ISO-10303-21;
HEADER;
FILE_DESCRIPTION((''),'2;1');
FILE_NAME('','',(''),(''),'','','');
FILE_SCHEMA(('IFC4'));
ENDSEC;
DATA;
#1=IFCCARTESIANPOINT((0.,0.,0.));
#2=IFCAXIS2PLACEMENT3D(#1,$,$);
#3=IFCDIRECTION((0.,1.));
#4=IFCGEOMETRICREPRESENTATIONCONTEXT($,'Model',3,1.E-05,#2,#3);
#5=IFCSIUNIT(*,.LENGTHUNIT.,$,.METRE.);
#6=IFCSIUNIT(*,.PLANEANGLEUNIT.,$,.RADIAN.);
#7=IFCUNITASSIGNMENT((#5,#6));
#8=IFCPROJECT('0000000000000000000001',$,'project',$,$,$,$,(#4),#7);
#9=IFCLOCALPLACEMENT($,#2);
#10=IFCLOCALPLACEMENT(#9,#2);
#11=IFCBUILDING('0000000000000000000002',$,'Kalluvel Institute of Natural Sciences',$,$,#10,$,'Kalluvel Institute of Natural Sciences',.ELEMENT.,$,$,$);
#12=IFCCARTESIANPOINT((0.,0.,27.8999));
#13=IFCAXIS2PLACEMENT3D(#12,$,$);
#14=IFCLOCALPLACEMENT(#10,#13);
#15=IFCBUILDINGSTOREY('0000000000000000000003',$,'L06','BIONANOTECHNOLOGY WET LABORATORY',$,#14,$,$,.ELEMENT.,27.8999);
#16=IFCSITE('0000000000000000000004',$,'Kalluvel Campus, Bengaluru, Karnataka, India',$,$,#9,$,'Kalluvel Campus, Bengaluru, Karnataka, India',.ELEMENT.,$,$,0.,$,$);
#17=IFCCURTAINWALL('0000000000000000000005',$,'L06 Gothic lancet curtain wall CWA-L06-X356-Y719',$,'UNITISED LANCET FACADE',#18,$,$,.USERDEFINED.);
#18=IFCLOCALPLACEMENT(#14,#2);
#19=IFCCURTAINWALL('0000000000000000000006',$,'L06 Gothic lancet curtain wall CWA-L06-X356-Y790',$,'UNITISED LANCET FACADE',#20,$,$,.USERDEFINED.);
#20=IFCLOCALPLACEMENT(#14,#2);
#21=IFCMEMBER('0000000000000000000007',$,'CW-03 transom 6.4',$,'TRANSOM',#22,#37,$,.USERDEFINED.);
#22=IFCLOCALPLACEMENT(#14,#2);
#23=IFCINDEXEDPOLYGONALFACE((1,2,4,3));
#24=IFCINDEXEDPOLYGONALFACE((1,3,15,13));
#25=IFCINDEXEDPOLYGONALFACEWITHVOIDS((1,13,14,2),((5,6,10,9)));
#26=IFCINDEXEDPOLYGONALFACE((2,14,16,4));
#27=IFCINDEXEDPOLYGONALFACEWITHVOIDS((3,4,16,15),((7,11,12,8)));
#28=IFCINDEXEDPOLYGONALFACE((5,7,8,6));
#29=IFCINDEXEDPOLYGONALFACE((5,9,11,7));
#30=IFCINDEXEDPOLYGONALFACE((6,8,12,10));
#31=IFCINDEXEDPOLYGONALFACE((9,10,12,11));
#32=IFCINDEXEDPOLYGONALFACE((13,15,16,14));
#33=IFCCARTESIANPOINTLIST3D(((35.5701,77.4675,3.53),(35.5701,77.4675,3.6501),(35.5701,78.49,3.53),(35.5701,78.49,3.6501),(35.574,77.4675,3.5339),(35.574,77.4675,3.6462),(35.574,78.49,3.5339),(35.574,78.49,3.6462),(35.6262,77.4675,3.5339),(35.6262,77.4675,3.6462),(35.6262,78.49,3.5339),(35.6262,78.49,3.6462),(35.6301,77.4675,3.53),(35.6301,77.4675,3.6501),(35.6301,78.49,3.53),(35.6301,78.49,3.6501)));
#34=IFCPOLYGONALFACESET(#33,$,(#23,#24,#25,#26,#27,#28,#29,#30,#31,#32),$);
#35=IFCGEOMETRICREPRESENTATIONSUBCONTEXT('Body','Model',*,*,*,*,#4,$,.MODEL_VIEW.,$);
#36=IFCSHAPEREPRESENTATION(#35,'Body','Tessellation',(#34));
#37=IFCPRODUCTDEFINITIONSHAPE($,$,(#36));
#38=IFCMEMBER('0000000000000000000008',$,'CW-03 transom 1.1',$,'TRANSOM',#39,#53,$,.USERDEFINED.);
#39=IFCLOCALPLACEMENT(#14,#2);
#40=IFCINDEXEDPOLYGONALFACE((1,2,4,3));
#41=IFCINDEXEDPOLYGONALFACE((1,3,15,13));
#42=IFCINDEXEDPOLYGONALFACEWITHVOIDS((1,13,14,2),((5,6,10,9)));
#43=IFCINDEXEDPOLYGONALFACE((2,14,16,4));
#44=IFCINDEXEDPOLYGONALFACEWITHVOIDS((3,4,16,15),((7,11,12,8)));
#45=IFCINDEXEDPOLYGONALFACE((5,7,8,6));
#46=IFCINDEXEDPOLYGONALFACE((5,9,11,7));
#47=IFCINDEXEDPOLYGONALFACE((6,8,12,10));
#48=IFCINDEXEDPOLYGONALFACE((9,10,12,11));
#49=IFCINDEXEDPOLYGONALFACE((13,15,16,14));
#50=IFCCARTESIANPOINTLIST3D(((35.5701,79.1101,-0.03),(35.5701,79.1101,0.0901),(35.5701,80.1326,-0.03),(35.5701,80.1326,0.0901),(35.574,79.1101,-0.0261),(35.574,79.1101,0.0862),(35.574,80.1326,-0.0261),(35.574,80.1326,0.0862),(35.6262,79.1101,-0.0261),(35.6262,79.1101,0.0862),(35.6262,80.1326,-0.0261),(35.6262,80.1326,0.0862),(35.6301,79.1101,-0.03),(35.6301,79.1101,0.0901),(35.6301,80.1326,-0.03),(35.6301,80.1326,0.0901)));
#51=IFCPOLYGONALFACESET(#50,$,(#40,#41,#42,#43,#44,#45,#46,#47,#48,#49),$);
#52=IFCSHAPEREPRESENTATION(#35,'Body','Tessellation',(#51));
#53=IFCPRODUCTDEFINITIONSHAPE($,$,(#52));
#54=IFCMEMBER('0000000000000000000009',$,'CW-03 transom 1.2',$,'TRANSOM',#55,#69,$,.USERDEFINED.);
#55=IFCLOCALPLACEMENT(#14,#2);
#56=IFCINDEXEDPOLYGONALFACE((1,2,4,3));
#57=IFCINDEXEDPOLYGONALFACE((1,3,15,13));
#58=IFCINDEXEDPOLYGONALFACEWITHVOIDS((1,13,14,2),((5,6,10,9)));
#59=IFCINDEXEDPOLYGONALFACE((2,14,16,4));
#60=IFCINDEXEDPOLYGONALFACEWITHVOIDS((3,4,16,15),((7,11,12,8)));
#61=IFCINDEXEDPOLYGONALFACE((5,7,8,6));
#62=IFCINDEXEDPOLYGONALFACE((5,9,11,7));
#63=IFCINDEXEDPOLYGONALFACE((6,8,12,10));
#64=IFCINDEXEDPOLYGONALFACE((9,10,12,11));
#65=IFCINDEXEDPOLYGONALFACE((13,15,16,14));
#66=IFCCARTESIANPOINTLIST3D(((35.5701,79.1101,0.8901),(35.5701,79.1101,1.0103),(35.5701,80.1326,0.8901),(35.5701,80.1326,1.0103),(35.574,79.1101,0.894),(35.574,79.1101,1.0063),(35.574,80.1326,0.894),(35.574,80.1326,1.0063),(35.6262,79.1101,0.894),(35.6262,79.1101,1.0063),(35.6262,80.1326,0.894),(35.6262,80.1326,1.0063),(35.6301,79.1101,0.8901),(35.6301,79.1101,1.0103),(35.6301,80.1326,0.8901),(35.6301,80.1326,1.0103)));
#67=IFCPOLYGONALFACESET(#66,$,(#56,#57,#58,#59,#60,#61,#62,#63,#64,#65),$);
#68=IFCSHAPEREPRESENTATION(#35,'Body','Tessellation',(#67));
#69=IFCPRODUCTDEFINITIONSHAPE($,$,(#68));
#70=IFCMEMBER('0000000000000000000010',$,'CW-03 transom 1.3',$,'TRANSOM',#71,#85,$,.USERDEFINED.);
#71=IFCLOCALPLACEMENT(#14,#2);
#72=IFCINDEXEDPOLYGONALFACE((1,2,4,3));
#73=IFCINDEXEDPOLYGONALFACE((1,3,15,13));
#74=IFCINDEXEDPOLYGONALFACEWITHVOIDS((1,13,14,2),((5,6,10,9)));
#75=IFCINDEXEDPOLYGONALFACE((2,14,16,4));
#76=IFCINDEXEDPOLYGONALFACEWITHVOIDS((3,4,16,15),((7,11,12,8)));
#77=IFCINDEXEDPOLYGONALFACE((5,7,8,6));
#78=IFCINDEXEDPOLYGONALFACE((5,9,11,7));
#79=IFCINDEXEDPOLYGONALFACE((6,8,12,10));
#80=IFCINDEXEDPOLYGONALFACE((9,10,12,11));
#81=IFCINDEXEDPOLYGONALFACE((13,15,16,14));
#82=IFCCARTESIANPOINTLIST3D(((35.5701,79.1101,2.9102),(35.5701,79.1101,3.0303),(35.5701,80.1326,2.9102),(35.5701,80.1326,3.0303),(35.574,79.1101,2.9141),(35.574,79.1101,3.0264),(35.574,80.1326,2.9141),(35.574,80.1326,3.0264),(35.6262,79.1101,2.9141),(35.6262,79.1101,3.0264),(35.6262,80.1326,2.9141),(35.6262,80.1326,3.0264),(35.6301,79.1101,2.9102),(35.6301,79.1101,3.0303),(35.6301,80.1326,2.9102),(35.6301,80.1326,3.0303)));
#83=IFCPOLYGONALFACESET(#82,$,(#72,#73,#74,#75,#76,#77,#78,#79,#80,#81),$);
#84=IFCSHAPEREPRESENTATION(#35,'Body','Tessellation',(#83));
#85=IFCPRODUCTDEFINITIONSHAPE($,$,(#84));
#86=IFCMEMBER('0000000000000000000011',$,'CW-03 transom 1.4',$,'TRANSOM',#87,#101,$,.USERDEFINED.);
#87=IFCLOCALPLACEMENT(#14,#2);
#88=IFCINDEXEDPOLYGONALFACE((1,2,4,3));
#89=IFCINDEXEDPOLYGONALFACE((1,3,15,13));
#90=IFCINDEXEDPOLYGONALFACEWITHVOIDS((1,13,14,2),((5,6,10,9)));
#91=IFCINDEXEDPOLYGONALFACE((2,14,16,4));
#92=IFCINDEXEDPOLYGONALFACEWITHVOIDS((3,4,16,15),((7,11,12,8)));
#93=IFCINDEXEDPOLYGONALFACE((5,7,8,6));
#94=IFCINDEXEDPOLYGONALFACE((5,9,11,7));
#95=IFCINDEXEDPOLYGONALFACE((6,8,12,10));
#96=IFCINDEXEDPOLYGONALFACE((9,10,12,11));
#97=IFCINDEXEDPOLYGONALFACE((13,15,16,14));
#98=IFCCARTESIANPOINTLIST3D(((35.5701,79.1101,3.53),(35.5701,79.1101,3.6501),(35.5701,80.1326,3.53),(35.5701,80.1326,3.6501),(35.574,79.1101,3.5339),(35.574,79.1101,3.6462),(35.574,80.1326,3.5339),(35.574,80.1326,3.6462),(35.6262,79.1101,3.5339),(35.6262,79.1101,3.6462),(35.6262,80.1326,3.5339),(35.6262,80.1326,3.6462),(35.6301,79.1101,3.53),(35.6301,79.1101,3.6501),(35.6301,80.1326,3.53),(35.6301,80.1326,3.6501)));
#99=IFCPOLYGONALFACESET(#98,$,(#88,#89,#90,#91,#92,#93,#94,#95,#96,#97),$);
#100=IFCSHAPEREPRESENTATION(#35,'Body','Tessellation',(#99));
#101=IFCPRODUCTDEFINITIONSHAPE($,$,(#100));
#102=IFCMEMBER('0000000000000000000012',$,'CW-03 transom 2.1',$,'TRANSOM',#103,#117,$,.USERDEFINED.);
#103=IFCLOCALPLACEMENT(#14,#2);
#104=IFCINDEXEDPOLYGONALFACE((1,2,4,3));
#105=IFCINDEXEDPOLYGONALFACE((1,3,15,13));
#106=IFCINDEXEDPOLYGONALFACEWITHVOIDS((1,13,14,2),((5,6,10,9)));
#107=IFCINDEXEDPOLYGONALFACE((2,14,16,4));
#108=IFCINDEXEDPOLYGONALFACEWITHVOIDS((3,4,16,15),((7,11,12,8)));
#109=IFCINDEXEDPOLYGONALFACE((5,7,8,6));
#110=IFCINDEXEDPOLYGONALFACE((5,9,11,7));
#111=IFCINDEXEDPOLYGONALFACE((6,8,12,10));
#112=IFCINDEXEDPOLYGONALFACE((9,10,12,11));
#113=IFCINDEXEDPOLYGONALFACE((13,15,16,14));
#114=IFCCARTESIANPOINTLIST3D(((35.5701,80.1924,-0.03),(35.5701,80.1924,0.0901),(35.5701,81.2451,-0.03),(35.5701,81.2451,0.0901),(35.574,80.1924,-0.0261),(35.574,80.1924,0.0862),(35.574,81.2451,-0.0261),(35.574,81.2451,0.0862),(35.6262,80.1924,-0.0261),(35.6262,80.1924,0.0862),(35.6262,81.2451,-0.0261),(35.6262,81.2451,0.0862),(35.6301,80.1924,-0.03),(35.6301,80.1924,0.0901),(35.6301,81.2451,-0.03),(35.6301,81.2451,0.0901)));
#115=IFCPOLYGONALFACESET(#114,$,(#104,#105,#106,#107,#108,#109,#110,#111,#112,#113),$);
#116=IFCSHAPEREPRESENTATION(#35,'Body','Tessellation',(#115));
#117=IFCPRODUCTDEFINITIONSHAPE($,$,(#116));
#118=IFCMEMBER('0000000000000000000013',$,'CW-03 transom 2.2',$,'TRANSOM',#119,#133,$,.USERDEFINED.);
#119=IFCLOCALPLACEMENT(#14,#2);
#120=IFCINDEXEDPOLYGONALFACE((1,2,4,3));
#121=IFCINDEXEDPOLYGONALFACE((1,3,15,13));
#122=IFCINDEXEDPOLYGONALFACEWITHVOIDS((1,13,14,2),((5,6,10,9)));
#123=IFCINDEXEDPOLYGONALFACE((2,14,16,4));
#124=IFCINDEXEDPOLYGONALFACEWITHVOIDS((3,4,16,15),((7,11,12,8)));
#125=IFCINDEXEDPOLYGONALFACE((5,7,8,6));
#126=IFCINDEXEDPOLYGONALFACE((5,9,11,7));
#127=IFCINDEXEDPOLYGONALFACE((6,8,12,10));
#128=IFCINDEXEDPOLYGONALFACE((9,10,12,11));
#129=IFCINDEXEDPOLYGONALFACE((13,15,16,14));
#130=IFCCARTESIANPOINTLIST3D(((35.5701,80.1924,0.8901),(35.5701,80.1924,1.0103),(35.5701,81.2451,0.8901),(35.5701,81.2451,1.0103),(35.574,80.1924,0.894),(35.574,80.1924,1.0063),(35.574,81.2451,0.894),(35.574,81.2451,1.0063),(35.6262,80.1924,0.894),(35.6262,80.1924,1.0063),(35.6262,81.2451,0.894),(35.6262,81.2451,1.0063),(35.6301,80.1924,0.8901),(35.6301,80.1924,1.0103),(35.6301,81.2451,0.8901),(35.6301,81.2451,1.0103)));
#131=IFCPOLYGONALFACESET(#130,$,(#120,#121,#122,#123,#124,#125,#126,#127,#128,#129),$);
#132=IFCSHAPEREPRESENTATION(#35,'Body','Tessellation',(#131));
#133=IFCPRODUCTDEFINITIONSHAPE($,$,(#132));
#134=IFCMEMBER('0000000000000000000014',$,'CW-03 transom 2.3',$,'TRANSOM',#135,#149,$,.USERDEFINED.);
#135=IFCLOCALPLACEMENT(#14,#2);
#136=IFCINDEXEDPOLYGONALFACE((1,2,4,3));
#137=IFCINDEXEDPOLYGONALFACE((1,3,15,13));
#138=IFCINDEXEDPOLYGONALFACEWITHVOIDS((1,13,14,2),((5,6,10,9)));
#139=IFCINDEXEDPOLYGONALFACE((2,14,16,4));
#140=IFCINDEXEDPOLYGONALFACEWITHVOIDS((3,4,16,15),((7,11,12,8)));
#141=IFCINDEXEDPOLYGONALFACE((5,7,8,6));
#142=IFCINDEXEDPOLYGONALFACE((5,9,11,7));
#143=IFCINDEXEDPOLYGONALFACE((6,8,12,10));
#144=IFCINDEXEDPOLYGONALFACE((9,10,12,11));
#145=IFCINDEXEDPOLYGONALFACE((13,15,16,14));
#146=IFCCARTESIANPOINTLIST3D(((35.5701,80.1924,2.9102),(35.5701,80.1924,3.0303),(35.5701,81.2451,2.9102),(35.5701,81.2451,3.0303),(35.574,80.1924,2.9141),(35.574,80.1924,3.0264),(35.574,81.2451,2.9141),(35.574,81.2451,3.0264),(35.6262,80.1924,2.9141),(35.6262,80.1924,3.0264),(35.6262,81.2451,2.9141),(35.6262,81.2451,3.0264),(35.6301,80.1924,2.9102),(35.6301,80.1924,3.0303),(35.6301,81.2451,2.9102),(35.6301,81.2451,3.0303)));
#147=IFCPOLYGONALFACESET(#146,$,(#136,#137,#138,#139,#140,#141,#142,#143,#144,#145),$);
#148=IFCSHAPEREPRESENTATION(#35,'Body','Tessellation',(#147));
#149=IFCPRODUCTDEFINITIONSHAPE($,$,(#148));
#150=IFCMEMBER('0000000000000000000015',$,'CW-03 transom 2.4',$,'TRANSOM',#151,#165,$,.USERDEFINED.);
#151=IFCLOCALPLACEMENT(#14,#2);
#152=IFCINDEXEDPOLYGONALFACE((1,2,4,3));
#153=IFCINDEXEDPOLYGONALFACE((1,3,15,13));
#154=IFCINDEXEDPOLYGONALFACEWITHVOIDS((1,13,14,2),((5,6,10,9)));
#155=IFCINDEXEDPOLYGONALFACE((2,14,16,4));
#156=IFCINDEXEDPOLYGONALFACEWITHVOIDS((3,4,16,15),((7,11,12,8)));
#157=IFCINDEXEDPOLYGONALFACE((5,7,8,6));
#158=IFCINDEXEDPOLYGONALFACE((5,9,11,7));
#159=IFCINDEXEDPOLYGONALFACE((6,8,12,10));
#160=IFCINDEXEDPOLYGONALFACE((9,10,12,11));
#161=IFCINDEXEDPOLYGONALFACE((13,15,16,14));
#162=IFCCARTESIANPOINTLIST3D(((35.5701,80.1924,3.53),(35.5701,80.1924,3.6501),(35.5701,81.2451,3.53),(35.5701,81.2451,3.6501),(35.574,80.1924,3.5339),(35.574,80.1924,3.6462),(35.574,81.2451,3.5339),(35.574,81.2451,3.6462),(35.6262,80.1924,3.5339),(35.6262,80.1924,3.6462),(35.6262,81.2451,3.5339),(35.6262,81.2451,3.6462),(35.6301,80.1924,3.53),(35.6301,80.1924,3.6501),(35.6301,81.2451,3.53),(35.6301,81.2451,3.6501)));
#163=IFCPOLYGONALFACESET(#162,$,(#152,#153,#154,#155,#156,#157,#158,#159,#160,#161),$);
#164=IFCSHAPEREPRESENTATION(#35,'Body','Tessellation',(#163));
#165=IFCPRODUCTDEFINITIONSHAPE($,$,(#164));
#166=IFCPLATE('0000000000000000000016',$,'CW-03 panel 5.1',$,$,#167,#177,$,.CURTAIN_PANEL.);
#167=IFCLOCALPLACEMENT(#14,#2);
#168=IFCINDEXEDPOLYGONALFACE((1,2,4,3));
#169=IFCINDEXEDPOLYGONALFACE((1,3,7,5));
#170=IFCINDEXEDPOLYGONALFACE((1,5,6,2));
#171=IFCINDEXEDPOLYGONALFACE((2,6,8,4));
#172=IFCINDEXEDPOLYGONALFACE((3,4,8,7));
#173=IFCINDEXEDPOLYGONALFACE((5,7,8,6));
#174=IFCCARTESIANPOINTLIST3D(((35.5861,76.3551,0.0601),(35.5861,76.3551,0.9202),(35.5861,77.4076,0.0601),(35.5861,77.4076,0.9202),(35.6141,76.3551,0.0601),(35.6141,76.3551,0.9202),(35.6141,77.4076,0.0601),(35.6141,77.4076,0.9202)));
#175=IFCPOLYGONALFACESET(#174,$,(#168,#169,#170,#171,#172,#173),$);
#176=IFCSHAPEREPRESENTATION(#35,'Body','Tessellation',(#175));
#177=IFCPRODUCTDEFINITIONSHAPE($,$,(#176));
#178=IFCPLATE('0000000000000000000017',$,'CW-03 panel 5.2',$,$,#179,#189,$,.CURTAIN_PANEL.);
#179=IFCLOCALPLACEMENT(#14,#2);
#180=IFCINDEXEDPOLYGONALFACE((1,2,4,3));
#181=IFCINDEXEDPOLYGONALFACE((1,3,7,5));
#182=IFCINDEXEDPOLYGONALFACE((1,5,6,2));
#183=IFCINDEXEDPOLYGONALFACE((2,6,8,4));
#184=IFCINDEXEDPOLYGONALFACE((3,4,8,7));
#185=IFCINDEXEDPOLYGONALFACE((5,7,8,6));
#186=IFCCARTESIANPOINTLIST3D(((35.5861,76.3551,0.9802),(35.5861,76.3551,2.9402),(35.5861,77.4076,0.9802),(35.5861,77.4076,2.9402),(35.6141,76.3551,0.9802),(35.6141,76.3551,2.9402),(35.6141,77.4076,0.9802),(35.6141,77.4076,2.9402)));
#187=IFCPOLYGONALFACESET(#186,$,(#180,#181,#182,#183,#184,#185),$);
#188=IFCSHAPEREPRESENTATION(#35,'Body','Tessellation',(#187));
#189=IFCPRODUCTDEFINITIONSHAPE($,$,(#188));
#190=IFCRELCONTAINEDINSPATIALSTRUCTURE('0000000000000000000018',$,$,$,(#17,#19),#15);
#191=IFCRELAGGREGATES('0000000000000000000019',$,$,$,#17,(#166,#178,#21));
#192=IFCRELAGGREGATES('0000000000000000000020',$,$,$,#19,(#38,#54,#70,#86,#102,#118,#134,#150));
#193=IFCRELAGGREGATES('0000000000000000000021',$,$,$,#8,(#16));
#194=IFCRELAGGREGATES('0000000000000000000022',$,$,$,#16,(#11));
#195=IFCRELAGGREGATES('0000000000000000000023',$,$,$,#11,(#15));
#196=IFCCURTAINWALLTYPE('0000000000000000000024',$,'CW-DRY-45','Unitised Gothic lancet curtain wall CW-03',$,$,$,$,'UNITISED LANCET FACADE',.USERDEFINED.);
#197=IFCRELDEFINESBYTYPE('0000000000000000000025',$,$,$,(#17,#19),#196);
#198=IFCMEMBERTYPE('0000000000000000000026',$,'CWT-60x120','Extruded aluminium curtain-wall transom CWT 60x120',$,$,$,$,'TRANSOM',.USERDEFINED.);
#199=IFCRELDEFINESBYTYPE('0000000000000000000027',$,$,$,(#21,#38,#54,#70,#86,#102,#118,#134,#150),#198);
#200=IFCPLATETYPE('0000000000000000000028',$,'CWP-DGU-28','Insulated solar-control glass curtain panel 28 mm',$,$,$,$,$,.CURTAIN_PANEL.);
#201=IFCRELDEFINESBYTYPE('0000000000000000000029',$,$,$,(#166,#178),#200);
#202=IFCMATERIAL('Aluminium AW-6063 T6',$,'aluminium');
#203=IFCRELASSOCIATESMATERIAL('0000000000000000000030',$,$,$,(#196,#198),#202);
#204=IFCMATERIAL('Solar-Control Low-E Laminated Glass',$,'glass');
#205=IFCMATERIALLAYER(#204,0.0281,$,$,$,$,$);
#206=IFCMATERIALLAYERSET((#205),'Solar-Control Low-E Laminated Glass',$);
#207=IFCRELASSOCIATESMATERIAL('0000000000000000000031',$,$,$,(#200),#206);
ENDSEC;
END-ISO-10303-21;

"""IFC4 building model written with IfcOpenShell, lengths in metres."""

from ifc_helpers import new_model, si_unit, direction, frame, origin, origin_2d, place, context, subcontext, project, spatial, rectangle, hollow_rectangle, extrude, material, layer, layer_set, material_profile, profile_set, type_object, element, aggregate, save


model = new_model("IFC4")

# Units and contexts
model_context = context("Model", 3, precision=1e-05, world=origin(), true_north=direction((0.0, 1.0)))
body_context = subcontext(model_context, "Body", "Model", "MODEL_VIEW")
ifc_project = project(units=[si_unit("LENGTHUNIT", "METRE"), si_unit("PLANEANGLEUNIT", "RADIAN")], contexts=[model_context])

# Site, building, storey
site_placement = place(None, origin())
site = spatial("IfcSite", under=ifc_project, at=site_placement, Name="Kalluvel Campus, Bengaluru, Karnataka, India", LongName="Kalluvel Campus, Bengaluru, Karnataka, India", CompositionType="ELEMENT", RefElevation=0.0)
building_placement = place(site_placement, origin())
building = spatial("IfcBuilding", under=site, at=building_placement, Name="Kalluvel Institute of Natural Sciences", LongName="Kalluvel Institute of Natural Sciences", CompositionType="ELEMENT")
storey_placement = place(building_placement, frame((0.0, 0.0, 27.8999)))
storey = spatial("IfcBuildingStorey", under=building, at=storey_placement, Name="L06", Description="BIONANOTECHNOLOGY WET LABORATORY", CompositionType="ELEMENT", Elevation=27.8999)

# Curtain walls
ifc_material_1 = material(Name="Aluminium AW-6063 T6", Category="aluminium")
curtain_wall_type = type_object("IfcCurtainWallType", Name="CW-DRY-45", Description="Unitised Gothic lancet curtain wall CW-03", ElementType="UNITISED LANCET FACADE", PredefinedType="USERDEFINED", material=ifc_material_1)
curtain_wall_1_placement = place(storey_placement, origin())
curtain_wall_1 = element("IfcCurtainWall", 1, at=curtain_wall_1_placement, inside=storey, type_object=curtain_wall_type, Name="L06 Gothic lancet curtain wall CWA-L06-X356-Y719", ObjectType="UNITISED LANCET FACADE", PredefinedType="USERDEFINED")
curtain_wall_2_placement = place(storey_placement, origin())
curtain_wall_2 = element("IfcCurtainWall", 2, at=curtain_wall_2_placement, inside=storey, type_object=curtain_wall_type, Name="L06 Gothic lancet curtain wall CWA-L06-X356-Y790", ObjectType="UNITISED LANCET FACADE", PredefinedType="USERDEFINED")

# Members
ifc_material_profile_1 = material_profile(ifc_material_1, hollow_rectangle(XDim=0.0601, YDim=0.1201, WallThickness=0.0039, at=origin_2d()), Name="CWT 60x120")
ifc_profile_set_1 = profile_set([ifc_material_profile_1], Name="Aluminium AW-6063 T6")
member_type_1 = type_object("IfcMemberType", Name="CWT-60x120", Description="Extruded aluminium curtain-wall transom CWT 60x120", ElementType="TRANSOM", PredefinedType="USERDEFINED", material=ifc_profile_set_1)
member_1_placement = place(storey_placement, frame((35.6001, 77.4675, 3.5901), z_axis=(0.0, 1.0, 0.0), x_axis=(-1.0, 0.0, 0.0)))
member_1 = element("IfcMember", 3, at=member_1_placement, type_object=member_type_1, Name="CW-03 transom 6.4", ObjectType="TRANSOM", PredefinedType="USERDEFINED", context=body_context, shape_type="SweptSolid", body=[
    extrude(hollow_rectangle(XDim=0.0601, YDim=0.1201, WallThickness=0.0039, at=origin_2d()), origin(), (0.0, 0.0, 1.0), 1.0225),
])
member_2_placement = place(storey_placement, frame((35.6001, 79.1101, 0.03), z_axis=(0.0, 1.0, 0.0), x_axis=(-1.0, 0.0, 0.0)))
member_2 = element("IfcMember", 4, at=member_2_placement, type_object=member_type_1, Name="CW-03 transom 1.1", ObjectType="TRANSOM", PredefinedType="USERDEFINED", context=body_context, shape_type="SweptSolid", body=[
    extrude(hollow_rectangle(XDim=0.0601, YDim=0.1201, WallThickness=0.0039, at=origin_2d()), origin(), (0.0, 0.0, 1.0), 1.0225),
])
member_3_placement = place(storey_placement, frame((35.6001, 79.1101, 0.9502), z_axis=(0.0, 1.0, 0.0), x_axis=(-1.0, 0.0, 0.0)))
member_3 = element("IfcMember", 5, at=member_3_placement, type_object=member_type_1, Name="CW-03 transom 1.2", ObjectType="TRANSOM", PredefinedType="USERDEFINED", context=body_context, shape_type="SweptSolid", body=[
    extrude(hollow_rectangle(XDim=0.0601, YDim=0.1201, WallThickness=0.0039, at=origin_2d()), origin(), (0.0, 0.0, 1.0), 1.0225),
])
member_4_placement = place(storey_placement, frame((35.6001, 79.1101, 2.9702), z_axis=(0.0, 1.0, 0.0), x_axis=(-1.0, 0.0, 0.0)))
member_4 = element("IfcMember", 6, at=member_4_placement, type_object=member_type_1, Name="CW-03 transom 1.3", ObjectType="TRANSOM", PredefinedType="USERDEFINED", context=body_context, shape_type="SweptSolid", body=[
    extrude(hollow_rectangle(XDim=0.0601, YDim=0.1201, WallThickness=0.0039, at=origin_2d()), origin(), (0.0, 0.0, 1.0), 1.0225),
])
member_5_placement = place(storey_placement, frame((35.6001, 79.1101, 3.5901), z_axis=(0.0, 1.0, 0.0), x_axis=(-1.0, 0.0, 0.0)))
member_5 = element("IfcMember", 7, at=member_5_placement, type_object=member_type_1, Name="CW-03 transom 1.4", ObjectType="TRANSOM", PredefinedType="USERDEFINED", context=body_context, shape_type="SweptSolid", body=[
    extrude(hollow_rectangle(XDim=0.0601, YDim=0.1201, WallThickness=0.0039, at=origin_2d()), origin(), (0.0, 0.0, 1.0), 1.0225),
])
member_6_placement = place(storey_placement, frame((35.6001, 80.1924, 0.03), z_axis=(0.0, 1.0, 0.0), x_axis=(-1.0, 0.0, 0.0)))
member_6 = element("IfcMember", 8, at=member_6_placement, type_object=member_type_1, Name="CW-03 transom 2.1", ObjectType="TRANSOM", PredefinedType="USERDEFINED", context=body_context, shape_type="SweptSolid", body=[
    extrude(hollow_rectangle(XDim=0.0601, YDim=0.1201, WallThickness=0.0039, at=origin_2d()), origin(), (0.0, 0.0, 1.0), 1.0527),
])
member_7_placement = place(storey_placement, frame((35.6001, 80.1924, 0.9502), z_axis=(0.0, 1.0, 0.0), x_axis=(-1.0, 0.0, 0.0)))
member_7 = element("IfcMember", 9, at=member_7_placement, type_object=member_type_1, Name="CW-03 transom 2.2", ObjectType="TRANSOM", PredefinedType="USERDEFINED", context=body_context, shape_type="SweptSolid", body=[
    extrude(hollow_rectangle(XDim=0.0601, YDim=0.1201, WallThickness=0.0039, at=origin_2d()), origin(), (0.0, 0.0, 1.0), 1.0527),
])
member_8_placement = place(storey_placement, frame((35.6001, 80.1924, 2.9702), z_axis=(0.0, 1.0, 0.0), x_axis=(-1.0, 0.0, 0.0)))
member_8 = element("IfcMember", 10, at=member_8_placement, type_object=member_type_1, Name="CW-03 transom 2.3", ObjectType="TRANSOM", PredefinedType="USERDEFINED", context=body_context, shape_type="SweptSolid", body=[
    extrude(hollow_rectangle(XDim=0.0601, YDim=0.1201, WallThickness=0.0039, at=origin_2d()), origin(), (0.0, 0.0, 1.0), 1.0527),
])
member_9_placement = place(storey_placement, frame((35.6001, 80.1924, 3.5901), z_axis=(0.0, 1.0, 0.0), x_axis=(-1.0, 0.0, 0.0)))
member_9 = element("IfcMember", 11, at=member_9_placement, type_object=member_type_1, Name="CW-03 transom 2.4", ObjectType="TRANSOM", PredefinedType="USERDEFINED", context=body_context, shape_type="SweptSolid", body=[
    extrude(hollow_rectangle(XDim=0.0601, YDim=0.1201, WallThickness=0.0039, at=origin_2d()), origin(), (0.0, 0.0, 1.0), 1.0527),
])

# Plates
ifc_material_2 = material(Name="Solar-Control Low-E Laminated Glass", Category="glass")
ifc_layer = layer(ifc_material_2, 0.0281)
ifc_layer_set = layer_set([ifc_layer], Name="Solar-Control Low-E Laminated Glass")
plate_type = type_object("IfcPlateType", Name="CWP-DGU-28", Description="Insulated solar-control glass curtain panel 28 mm", PredefinedType="CURTAIN_PANEL", material=ifc_layer_set)
plate_1_placement = place(storey_placement, frame((35.6001, 76.8813, 0.0601), z_axis=(0.0, 0.0, 1.0), x_axis=(0.0, 1.0, 0.0)))
plate_1 = element("IfcPlate", 12, at=plate_1_placement, type_object=plate_type, Name="CW-03 panel 5.1", PredefinedType="CURTAIN_PANEL", context=body_context, shape_type="SweptSolid", body=[
    extrude(rectangle(XDim=1.0525, YDim=0.0281, at=origin_2d()), origin(), (0.0, 0.0, 1.0), 0.8601),
])
plate_2_placement = place(storey_placement, frame((35.6001, 76.8813, 0.9802), z_axis=(0.0, 0.0, 1.0), x_axis=(0.0, 1.0, 0.0)))
plate_2 = element("IfcPlate", 13, at=plate_2_placement, type_object=plate_type, Name="CW-03 panel 5.2", PredefinedType="CURTAIN_PANEL", context=body_context, shape_type="SweptSolid", body=[
    extrude(rectangle(XDim=1.0525, YDim=0.0281, at=origin_2d()), origin(), (0.0, 0.0, 1.0), 1.96),
])
aggregate(curtain_wall_1, [plate_1, plate_2, member_1])
aggregate(curtain_wall_2, [member_2, member_3, member_4, member_5, member_6, member_7, member_8, member_9])

save(model, "model.ifc")
